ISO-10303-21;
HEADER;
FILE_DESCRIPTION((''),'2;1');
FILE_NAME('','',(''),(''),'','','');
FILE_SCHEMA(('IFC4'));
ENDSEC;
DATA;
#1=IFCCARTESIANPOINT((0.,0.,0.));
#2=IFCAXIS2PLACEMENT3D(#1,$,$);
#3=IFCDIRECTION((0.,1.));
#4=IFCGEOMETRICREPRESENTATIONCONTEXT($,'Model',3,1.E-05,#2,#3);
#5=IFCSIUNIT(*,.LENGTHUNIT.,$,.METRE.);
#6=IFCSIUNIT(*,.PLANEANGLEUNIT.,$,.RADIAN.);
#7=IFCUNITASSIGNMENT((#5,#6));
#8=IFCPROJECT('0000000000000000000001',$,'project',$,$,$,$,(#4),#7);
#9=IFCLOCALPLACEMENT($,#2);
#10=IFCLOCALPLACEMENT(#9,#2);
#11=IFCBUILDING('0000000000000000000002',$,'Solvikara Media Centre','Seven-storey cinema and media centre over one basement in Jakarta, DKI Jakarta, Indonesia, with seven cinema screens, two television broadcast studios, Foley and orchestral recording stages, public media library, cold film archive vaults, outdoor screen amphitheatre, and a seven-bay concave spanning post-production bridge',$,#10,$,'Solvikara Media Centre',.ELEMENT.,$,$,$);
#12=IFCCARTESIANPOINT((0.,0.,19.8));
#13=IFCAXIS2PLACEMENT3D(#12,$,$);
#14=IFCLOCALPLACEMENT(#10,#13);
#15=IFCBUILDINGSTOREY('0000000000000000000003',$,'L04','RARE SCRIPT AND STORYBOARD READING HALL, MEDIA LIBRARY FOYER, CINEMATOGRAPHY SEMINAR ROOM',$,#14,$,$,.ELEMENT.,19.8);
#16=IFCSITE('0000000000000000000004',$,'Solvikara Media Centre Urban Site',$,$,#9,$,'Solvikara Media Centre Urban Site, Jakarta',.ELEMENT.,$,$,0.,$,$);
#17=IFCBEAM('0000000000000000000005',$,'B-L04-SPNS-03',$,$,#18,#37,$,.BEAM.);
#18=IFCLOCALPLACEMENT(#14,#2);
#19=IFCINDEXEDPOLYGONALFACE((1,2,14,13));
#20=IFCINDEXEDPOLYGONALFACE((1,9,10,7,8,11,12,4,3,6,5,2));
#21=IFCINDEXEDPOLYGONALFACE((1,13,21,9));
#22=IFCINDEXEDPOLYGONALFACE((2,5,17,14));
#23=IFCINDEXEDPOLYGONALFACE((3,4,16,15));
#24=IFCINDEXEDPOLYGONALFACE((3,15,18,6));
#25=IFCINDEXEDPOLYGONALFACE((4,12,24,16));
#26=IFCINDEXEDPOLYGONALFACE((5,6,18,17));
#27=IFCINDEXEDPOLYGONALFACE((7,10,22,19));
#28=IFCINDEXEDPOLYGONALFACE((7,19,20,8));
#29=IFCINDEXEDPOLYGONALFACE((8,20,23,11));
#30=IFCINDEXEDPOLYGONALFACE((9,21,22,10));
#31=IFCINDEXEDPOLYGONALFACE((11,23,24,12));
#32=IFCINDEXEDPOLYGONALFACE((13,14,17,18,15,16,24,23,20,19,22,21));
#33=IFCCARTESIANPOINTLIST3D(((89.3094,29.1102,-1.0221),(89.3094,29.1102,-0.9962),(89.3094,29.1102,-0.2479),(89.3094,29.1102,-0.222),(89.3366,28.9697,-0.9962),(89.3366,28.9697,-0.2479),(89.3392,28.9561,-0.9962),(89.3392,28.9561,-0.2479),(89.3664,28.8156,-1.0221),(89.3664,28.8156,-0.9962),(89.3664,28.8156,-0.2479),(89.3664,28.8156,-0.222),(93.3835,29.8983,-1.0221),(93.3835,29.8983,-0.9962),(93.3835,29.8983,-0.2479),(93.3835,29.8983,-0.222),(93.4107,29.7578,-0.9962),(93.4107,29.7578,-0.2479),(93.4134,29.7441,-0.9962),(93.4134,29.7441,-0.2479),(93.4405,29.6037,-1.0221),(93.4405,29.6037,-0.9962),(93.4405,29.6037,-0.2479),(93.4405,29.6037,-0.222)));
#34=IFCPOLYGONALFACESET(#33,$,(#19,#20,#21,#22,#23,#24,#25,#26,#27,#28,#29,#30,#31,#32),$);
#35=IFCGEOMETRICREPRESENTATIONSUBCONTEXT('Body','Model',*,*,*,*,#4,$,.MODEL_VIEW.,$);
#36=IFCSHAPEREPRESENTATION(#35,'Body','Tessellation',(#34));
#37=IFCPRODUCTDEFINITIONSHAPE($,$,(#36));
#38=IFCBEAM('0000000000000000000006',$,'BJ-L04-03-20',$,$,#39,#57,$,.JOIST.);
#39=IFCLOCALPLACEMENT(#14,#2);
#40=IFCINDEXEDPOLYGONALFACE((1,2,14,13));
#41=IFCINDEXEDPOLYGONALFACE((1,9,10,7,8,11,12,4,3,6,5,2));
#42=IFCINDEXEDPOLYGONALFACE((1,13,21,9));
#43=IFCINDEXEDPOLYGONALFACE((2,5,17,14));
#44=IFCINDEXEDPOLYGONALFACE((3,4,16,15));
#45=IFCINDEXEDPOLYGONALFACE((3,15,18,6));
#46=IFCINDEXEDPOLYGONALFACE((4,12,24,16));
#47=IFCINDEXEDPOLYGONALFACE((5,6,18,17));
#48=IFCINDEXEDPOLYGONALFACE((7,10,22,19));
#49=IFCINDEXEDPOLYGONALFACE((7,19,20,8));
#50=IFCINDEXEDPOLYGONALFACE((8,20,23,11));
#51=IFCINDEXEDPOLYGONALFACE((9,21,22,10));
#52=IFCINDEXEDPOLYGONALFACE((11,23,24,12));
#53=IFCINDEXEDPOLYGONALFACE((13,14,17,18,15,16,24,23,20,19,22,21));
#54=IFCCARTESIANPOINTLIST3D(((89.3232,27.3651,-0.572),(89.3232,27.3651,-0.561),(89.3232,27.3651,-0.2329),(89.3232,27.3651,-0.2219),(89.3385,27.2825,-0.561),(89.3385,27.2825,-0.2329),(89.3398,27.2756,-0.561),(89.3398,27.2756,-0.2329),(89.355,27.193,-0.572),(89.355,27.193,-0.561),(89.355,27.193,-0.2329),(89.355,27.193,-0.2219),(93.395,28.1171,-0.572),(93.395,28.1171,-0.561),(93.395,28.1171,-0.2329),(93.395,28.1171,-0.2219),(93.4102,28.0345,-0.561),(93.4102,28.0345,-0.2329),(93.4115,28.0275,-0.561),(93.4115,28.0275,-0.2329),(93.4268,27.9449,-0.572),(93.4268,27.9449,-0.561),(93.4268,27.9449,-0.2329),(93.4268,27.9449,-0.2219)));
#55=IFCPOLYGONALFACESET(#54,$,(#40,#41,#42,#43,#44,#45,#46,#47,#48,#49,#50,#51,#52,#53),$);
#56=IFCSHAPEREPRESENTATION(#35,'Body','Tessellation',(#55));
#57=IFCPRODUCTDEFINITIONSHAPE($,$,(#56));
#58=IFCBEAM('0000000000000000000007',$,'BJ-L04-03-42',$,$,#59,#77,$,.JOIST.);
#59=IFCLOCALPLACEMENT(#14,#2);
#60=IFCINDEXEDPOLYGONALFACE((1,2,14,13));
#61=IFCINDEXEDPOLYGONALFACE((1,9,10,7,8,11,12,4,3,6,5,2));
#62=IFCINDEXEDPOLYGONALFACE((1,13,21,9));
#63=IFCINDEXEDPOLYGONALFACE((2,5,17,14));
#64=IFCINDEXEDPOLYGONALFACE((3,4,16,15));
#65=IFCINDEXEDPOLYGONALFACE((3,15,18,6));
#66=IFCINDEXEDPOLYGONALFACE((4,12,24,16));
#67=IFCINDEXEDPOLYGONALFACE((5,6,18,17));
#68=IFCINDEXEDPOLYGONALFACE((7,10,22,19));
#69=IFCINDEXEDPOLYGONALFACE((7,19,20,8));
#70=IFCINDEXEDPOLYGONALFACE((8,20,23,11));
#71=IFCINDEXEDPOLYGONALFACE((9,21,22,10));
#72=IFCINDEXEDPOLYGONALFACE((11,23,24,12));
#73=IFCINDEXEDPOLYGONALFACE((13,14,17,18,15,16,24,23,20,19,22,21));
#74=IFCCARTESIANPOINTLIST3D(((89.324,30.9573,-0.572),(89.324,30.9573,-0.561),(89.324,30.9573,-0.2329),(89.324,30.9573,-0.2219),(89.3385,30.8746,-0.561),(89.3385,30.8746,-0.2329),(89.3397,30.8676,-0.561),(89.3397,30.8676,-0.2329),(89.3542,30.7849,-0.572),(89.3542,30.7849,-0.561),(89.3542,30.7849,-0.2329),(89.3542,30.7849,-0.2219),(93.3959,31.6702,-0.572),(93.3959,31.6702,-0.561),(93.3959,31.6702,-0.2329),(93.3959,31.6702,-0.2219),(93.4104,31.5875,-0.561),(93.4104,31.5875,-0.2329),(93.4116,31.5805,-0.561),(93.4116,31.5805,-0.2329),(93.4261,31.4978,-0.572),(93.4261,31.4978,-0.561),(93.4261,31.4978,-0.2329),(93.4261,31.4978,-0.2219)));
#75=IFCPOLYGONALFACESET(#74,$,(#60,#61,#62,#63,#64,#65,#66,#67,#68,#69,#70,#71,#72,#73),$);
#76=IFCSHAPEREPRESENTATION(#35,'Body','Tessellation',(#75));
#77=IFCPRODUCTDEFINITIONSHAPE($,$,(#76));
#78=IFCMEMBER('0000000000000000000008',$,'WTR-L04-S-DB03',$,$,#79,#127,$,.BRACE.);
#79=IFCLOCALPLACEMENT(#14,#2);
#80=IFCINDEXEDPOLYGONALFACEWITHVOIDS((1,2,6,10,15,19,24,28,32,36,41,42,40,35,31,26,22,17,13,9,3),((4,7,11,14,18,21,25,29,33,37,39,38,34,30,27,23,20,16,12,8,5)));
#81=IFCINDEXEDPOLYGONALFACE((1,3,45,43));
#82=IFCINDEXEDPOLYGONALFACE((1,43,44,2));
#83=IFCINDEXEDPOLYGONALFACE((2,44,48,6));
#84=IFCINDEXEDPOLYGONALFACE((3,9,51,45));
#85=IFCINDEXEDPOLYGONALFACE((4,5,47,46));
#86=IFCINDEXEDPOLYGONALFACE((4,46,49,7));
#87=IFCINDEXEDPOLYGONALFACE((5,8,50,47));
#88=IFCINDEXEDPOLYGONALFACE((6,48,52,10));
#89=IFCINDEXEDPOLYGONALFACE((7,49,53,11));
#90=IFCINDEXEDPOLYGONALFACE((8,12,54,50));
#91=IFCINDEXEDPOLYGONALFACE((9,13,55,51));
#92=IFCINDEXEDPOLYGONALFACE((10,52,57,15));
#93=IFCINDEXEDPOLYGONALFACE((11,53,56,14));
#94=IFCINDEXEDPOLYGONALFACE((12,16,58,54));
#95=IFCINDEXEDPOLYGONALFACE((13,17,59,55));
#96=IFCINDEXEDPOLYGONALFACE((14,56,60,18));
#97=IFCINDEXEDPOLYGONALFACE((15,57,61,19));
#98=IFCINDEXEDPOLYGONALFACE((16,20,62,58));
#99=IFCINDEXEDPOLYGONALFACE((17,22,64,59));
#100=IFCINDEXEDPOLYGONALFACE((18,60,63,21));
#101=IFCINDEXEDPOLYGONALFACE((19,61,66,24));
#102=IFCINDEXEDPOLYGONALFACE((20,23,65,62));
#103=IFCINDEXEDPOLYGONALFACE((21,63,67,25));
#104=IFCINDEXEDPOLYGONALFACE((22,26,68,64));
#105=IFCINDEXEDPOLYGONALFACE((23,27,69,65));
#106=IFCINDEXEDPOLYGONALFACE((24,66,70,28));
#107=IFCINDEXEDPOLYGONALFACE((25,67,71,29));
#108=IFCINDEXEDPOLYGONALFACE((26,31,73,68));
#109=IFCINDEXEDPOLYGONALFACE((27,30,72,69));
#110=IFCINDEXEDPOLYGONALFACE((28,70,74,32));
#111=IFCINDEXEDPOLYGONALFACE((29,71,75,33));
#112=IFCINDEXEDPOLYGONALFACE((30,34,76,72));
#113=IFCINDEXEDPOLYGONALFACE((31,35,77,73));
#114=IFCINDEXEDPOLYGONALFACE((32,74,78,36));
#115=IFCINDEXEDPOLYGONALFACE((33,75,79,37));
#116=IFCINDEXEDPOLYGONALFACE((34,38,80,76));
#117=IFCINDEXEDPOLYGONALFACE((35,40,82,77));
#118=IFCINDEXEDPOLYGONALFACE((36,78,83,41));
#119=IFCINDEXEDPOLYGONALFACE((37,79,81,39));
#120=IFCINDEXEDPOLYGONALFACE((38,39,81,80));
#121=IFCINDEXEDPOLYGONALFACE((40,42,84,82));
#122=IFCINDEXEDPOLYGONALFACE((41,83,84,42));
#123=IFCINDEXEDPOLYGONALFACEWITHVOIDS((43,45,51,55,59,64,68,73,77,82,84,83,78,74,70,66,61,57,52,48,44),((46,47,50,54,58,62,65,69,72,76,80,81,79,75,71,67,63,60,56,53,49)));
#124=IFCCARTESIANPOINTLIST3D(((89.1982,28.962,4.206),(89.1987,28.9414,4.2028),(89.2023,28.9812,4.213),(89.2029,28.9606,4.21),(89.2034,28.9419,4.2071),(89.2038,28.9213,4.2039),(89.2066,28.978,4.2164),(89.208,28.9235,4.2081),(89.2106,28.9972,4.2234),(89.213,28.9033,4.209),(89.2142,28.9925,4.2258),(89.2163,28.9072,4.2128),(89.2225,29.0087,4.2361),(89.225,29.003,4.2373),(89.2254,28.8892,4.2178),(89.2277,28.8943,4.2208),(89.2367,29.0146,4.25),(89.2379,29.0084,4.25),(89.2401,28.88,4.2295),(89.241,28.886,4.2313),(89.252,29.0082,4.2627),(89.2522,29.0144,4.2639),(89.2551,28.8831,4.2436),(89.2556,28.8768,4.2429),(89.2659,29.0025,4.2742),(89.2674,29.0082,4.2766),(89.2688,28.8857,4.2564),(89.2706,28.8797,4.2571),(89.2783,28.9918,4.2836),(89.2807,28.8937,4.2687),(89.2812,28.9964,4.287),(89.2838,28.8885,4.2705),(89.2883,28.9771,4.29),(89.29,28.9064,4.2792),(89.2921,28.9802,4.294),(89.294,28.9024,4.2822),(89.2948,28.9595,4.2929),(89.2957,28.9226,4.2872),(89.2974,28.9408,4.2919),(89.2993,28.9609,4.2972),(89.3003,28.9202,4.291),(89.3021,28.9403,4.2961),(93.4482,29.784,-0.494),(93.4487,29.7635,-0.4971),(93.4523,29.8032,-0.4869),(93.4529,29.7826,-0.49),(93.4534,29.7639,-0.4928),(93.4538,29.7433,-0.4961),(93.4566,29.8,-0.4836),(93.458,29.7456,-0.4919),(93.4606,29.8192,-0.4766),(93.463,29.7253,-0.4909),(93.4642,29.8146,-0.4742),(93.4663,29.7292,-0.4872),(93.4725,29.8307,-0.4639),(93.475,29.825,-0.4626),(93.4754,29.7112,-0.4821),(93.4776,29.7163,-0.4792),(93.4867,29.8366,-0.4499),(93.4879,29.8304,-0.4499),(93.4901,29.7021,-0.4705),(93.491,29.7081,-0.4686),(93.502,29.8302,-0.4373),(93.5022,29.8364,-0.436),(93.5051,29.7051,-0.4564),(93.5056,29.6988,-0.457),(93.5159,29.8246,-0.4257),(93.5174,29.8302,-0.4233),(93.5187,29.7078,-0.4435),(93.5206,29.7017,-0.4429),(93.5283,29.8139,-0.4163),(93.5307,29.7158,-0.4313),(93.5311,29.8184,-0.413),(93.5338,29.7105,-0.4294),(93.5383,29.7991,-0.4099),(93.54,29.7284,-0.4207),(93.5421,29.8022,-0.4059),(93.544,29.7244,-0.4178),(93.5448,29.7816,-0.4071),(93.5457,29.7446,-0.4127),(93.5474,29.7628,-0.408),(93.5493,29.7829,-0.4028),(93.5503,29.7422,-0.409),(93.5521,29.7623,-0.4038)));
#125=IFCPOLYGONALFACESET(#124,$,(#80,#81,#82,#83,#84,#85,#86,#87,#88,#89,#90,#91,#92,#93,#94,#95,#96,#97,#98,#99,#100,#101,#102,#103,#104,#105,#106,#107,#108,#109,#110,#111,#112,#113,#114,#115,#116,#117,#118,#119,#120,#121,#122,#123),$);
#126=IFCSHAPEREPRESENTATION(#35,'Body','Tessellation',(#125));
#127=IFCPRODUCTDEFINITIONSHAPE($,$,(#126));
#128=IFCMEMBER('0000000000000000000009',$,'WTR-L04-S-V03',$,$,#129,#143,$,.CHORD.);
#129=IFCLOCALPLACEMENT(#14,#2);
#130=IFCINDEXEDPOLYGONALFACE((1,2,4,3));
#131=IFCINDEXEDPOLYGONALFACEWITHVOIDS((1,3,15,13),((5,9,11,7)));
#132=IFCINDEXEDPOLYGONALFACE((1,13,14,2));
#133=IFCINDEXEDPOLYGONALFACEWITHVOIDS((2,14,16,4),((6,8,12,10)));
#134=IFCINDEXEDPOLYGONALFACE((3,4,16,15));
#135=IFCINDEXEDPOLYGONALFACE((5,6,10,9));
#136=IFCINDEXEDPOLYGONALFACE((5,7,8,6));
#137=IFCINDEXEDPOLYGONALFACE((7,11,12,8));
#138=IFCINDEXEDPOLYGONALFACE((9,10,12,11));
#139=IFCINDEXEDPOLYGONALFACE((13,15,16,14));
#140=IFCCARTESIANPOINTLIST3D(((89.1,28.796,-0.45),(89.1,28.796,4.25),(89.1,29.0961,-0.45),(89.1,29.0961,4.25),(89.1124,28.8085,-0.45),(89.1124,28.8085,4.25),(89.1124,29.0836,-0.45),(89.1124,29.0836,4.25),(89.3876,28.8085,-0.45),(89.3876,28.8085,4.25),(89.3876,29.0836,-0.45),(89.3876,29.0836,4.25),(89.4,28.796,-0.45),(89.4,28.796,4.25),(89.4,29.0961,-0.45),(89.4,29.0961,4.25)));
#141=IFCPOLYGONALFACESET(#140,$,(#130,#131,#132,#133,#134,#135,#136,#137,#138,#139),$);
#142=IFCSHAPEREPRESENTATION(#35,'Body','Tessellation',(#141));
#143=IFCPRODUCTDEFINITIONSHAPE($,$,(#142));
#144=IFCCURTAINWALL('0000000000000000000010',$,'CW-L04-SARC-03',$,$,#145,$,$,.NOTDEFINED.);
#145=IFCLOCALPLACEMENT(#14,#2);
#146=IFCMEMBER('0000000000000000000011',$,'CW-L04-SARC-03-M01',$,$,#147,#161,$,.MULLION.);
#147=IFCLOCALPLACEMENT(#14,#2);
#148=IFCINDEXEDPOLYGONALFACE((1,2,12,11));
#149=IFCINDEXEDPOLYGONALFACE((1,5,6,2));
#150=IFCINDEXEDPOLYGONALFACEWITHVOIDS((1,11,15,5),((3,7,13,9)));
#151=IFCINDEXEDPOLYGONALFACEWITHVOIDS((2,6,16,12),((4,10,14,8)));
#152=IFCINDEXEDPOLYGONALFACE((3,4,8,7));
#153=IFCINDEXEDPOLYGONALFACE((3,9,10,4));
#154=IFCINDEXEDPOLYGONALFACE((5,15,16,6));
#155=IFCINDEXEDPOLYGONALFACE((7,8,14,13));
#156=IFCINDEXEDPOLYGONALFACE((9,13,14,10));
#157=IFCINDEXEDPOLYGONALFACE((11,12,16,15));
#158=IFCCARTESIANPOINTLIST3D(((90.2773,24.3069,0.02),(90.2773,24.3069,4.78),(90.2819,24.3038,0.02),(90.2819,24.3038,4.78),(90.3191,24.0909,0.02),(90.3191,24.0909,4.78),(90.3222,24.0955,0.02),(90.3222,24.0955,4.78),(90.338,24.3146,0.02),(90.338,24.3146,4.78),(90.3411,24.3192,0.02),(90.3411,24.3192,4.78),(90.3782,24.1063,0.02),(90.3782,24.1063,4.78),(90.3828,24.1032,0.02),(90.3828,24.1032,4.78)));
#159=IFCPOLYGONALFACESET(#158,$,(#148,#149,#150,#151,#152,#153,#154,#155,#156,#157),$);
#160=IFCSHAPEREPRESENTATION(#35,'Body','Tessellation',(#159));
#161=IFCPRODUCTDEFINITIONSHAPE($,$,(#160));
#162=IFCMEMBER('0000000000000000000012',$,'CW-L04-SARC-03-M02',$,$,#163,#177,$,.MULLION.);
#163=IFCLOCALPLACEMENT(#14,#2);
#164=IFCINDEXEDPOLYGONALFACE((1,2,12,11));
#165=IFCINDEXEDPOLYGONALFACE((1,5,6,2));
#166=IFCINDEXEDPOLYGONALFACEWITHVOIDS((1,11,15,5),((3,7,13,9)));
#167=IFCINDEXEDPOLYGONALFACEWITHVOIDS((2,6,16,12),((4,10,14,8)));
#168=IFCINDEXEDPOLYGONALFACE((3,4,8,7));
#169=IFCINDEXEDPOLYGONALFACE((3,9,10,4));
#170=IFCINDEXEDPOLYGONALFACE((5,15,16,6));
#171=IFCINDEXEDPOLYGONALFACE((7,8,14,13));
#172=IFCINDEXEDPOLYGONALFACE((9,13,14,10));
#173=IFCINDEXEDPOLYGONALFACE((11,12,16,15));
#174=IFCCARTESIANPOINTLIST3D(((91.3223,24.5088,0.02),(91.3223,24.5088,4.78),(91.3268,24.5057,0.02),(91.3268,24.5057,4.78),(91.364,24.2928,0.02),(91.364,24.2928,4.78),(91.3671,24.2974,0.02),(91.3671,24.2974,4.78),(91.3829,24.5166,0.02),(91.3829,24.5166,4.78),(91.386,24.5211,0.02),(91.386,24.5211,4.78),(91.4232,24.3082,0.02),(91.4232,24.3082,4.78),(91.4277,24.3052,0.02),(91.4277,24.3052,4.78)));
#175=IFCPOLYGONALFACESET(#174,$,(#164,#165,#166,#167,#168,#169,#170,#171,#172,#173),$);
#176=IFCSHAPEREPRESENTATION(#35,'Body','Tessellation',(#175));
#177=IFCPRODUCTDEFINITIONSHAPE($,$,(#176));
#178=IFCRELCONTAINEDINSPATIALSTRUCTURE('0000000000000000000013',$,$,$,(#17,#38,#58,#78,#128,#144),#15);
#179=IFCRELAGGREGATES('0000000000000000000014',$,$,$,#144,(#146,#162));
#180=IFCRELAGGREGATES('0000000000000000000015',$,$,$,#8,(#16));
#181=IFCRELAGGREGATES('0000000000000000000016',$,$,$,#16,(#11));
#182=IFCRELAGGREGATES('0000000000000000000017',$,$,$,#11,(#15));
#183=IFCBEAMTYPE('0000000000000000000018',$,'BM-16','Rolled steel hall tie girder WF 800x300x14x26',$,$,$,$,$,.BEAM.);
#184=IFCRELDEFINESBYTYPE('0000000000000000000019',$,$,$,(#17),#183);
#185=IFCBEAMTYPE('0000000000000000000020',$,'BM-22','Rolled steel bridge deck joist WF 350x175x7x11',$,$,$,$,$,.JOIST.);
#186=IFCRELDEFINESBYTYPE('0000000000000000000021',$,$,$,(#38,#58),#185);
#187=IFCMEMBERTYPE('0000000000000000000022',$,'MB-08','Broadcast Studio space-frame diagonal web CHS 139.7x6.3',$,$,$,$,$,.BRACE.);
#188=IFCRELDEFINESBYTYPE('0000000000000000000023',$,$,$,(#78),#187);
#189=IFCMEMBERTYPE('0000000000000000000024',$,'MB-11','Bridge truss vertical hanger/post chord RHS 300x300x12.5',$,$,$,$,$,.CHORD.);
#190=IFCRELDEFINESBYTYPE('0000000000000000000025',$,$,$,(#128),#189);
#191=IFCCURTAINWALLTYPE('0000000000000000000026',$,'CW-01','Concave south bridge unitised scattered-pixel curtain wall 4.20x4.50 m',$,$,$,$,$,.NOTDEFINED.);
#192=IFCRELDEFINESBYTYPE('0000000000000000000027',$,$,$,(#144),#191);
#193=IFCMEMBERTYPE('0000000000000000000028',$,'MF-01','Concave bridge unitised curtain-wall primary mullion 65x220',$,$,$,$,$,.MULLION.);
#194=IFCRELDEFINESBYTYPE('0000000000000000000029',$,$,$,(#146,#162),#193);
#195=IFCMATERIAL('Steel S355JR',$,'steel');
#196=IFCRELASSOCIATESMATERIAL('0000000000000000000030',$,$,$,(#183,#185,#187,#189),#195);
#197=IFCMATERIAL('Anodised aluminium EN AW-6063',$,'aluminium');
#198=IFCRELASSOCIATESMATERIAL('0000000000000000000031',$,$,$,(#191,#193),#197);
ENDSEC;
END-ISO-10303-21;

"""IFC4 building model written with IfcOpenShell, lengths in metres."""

from ifc_helpers import new_model, si_unit, direction, frame, origin, origin_2d, place, context, subcontext, project, spatial, hollow_rectangle, hollow_circle, i_section, extrude, material, material_profile, profile_set, type_object, element, aggregate, save


model = new_model("IFC4")

# Units and contexts
model_context = context("Model", 3, precision=1e-05, world=origin(), true_north=direction((0.0, 1.0)))
body_context = subcontext(model_context, "Body", "Model", "MODEL_VIEW")
ifc_project = project(units=[si_unit("LENGTHUNIT", "METRE"), si_unit("PLANEANGLEUNIT", "RADIAN")], contexts=[model_context])

# Site, building, storey
site_placement = place(None, origin())
site = spatial("IfcSite", under=ifc_project, at=site_placement, Name="Solvikara Media Centre Urban Site", LongName="Solvikara Media Centre Urban Site, Jakarta", CompositionType="ELEMENT", RefElevation=0.0)
building_placement = place(site_placement, origin())
building = spatial("IfcBuilding", under=site, at=building_placement, Name="Solvikara Media Centre", Description="Seven-storey cinema and media centre over one basement in Jakarta, DKI Jakarta, Indonesia, with seven cinema screens, two television broadcast studios, Foley and orchestral recording stages, public media library, cold film archive vaults, outdoor screen amphitheatre, and a seven-bay concave spanning post-production bridge", LongName="Solvikara Media Centre", CompositionType="ELEMENT")
storey_placement = place(building_placement, frame((0.0, 0.0, 19.8)))
storey = spatial("IfcBuildingStorey", under=building, at=storey_placement, Name="L04", Description="RARE SCRIPT AND STORYBOARD READING HALL, MEDIA LIBRARY FOYER, CINEMATOGRAPHY SEMINAR ROOM", CompositionType="ELEMENT", Elevation=19.8)

# Beams
ifc_material_1 = material(Name="Steel S355JR", Category="steel")
ifc_material_profile_1 = material_profile(ifc_material_1, i_section(OverallWidth=0.3, OverallDepth=0.8, WebThickness=0.0139, FlangeThickness=0.0259, at=origin_2d()), Name="WF 800x300x14x26")
ifc_profile_set_1 = profile_set([ifc_material_profile_1], Name="Steel S355JR")
beam_type_1 = type_object("IfcBeamType", Name="BM-16", Description="Rolled steel hall tie girder WF 800x300x14x26", PredefinedType="BEAM", material=ifc_profile_set_1)
beam_1_placement = place(storey_placement, frame((89.3379, 28.9629, -0.6221), z_axis=(0.981801, 0.189912, 0.0), x_axis=(-0.189912, 0.981801, 0.0)))
element("IfcBeam", 1, at=beam_1_placement, inside=storey, type_object=beam_type_1, Name="B-L04-SPNS-03", PredefinedType="BEAM", context=body_context, shape_type="SweptSolid", body=[
    extrude(i_section(OverallWidth=0.3, OverallDepth=0.8, WebThickness=0.0139, FlangeThickness=0.0259, at=origin_2d()), origin(), (0.0, 0.0, 1.0), 4.1497),
])
ifc_material_profile_2 = material_profile(ifc_material_1, i_section(OverallWidth=0.175, OverallDepth=0.3501, WebThickness=0.0071, FlangeThickness=0.011, at=origin_2d()), Name="WF 350x175x7x11")
ifc_profile_set_2 = profile_set([ifc_material_profile_2], Name="Steel S355JR")
beam_type_2 = type_object("IfcBeamType", Name="BM-22", Description="Rolled steel bridge deck joist WF 350x175x7x11", PredefinedType="JOIST", material=ifc_profile_set_2)
beam_2_placement = place(storey_placement, frame((89.3391, 27.2791, -0.397), z_axis=(0.983372, 0.181604, 0.0), x_axis=(-0.181604, 0.983372, 0.0)))
element("IfcBeam", 2, at=beam_2_placement, inside=storey, type_object=beam_type_2, Name="BJ-L04-03-20", PredefinedType="JOIST", context=body_context, shape_type="SweptSolid", body=[
    extrude(i_section(OverallWidth=0.175, OverallDepth=0.3501, WebThickness=0.0071, FlangeThickness=0.011, at=origin_2d()), origin(), (0.0, 0.0, 1.0), 4.1406),
])
beam_3_placement = place(storey_placement, frame((89.3391, 30.8711, -0.397), z_axis=(0.985017, 0.172458, 0.0), x_axis=(-0.172458, 0.985017, 0.0)))
element("IfcBeam", 3, at=beam_3_placement, inside=storey, type_object=beam_type_2, Name="BJ-L04-03-42", PredefinedType="JOIST", context=body_context, shape_type="SweptSolid", body=[
    extrude(i_section(OverallWidth=0.175, OverallDepth=0.3501, WebThickness=0.0071, FlangeThickness=0.011, at=origin_2d()), origin(), (0.0, 0.0, 1.0), 4.1338),
])

# Members
ifc_material_profile_3 = material_profile(ifc_material_1, hollow_circle(Radius=0.0698, WallThickness=0.0063, at=origin_2d()), Name="CHS 139.7x6.3")
ifc_profile_set_3 = profile_set([ifc_material_profile_3], Name="Steel S355JR")
member_type_1 = type_object("IfcMemberType", Name="MB-08", Description="Broadcast Studio space-frame diagonal web CHS 139.7x6.3", PredefinedType="BRACE", material=ifc_profile_set_3)
member_1_placement = place(storey_placement, frame((89.25, 28.946, 4.25), z_axis=(0.665137, 0.128649, -0.735556), x_axis=(-0.189897, 0.981804, 0.0)))
element("IfcMember", 4, at=member_1_placement, inside=storey, type_object=member_type_1, Name="WTR-L04-S-DB03", PredefinedType="BRACE", context=body_context, shape_type="SweptSolid", body=[
    extrude(hollow_circle(Radius=0.0698, WallThickness=0.0063, at=origin_2d()), origin(), (0.0, 0.0, 1.0), 6.3896),
])
ifc_material_profile_4 = material_profile(ifc_material_1, hollow_rectangle(XDim=0.3, YDim=0.3, WallThickness=0.0125, at=origin_2d()), Name="RHS 300x300x12.5")
ifc_profile_set_4 = profile_set([ifc_material_profile_4], Name="Steel S355JR")
member_type_2 = type_object("IfcMemberType", Name="MB-11", Description="Bridge truss vertical hanger/post chord RHS 300x300x12.5", PredefinedType="CHORD", material=ifc_profile_set_4)
member_2_placement = place(storey_placement, frame((89.25, 28.946, -0.45), z_axis=(0.0, 0.0, 1.0), x_axis=(1.0, 0.0, 0.0)))
element("IfcMember", 5, at=member_2_placement, inside=storey, type_object=member_type_2, Name="WTR-L04-S-V03", PredefinedType="CHORD", context=body_context, shape_type="SweptSolid", body=[
    extrude(hollow_rectangle(XDim=0.3, YDim=0.3, WallThickness=0.0125, at=origin_2d()), origin(), (0.0, 0.0, 1.0), 4.7),
])

# Curtain wall, members
ifc_material_2 = material(Name="Anodised aluminium EN AW-6063", Category="aluminium")
curtain_wall_type = type_object("IfcCurtainWallType", Name="CW-01", Description="Concave south bridge unitised scattered-pixel curtain wall 4.20x4.50 m", PredefinedType="NOTDEFINED", material=ifc_material_2)
curtain_wall_placement = place(storey_placement, origin())
curtain_wall = element("IfcCurtainWall", 6, at=curtain_wall_placement, inside=storey, type_object=curtain_wall_type, Name="CW-L04-SARC-03", PredefinedType="NOTDEFINED")
ifc_material_profile_5 = material_profile(ifc_material_2, hollow_rectangle(XDim=0.0649, YDim=0.22, WallThickness=0.0039, at=origin_2d()), Name="ALU-M 65x220x4")
ifc_profile_set_5 = profile_set([ifc_material_profile_5], Name="Anodised aluminium EN AW-6063")
member_type_3 = type_object("IfcMemberType", Name="MF-01", Description="Concave bridge unitised curtain-wall primary mullion 65x220", PredefinedType="MULLION", material=ifc_profile_set_5)
member_3_placement = place(storey_placement, frame((90.3301, 24.2051, 0.02), z_axis=(0.0, 0.0, 1.0), x_axis=(0.981843, 0.189695, 0.0)))
member_3 = element("IfcMember", 7, at=member_3_placement, type_object=member_type_3, Name="CW-L04-SARC-03-M01", PredefinedType="MULLION", context=body_context, shape_type="SweptSolid", body=[
    extrude(hollow_rectangle(XDim=0.0649, YDim=0.22, WallThickness=0.0039, at=origin_2d()), origin(), (0.0, 0.0, 1.0), 4.76),
])
member_4_placement = place(storey_placement, frame((91.375, 24.407, 0.02), z_axis=(0.0, 0.0, 1.0), x_axis=(0.981843, 0.189695, 0.0)))
member_4 = element("IfcMember", 8, at=member_4_placement, type_object=member_type_3, Name="CW-L04-SARC-03-M02", PredefinedType="MULLION", context=body_context, shape_type="SweptSolid", body=[
    extrude(hollow_rectangle(XDim=0.0649, YDim=0.22, WallThickness=0.0039, at=origin_2d()), origin(), (0.0, 0.0, 1.0), 4.76),
])

aggregate(curtain_wall, [member_3, member_4])

save(model, "model.ifc")
